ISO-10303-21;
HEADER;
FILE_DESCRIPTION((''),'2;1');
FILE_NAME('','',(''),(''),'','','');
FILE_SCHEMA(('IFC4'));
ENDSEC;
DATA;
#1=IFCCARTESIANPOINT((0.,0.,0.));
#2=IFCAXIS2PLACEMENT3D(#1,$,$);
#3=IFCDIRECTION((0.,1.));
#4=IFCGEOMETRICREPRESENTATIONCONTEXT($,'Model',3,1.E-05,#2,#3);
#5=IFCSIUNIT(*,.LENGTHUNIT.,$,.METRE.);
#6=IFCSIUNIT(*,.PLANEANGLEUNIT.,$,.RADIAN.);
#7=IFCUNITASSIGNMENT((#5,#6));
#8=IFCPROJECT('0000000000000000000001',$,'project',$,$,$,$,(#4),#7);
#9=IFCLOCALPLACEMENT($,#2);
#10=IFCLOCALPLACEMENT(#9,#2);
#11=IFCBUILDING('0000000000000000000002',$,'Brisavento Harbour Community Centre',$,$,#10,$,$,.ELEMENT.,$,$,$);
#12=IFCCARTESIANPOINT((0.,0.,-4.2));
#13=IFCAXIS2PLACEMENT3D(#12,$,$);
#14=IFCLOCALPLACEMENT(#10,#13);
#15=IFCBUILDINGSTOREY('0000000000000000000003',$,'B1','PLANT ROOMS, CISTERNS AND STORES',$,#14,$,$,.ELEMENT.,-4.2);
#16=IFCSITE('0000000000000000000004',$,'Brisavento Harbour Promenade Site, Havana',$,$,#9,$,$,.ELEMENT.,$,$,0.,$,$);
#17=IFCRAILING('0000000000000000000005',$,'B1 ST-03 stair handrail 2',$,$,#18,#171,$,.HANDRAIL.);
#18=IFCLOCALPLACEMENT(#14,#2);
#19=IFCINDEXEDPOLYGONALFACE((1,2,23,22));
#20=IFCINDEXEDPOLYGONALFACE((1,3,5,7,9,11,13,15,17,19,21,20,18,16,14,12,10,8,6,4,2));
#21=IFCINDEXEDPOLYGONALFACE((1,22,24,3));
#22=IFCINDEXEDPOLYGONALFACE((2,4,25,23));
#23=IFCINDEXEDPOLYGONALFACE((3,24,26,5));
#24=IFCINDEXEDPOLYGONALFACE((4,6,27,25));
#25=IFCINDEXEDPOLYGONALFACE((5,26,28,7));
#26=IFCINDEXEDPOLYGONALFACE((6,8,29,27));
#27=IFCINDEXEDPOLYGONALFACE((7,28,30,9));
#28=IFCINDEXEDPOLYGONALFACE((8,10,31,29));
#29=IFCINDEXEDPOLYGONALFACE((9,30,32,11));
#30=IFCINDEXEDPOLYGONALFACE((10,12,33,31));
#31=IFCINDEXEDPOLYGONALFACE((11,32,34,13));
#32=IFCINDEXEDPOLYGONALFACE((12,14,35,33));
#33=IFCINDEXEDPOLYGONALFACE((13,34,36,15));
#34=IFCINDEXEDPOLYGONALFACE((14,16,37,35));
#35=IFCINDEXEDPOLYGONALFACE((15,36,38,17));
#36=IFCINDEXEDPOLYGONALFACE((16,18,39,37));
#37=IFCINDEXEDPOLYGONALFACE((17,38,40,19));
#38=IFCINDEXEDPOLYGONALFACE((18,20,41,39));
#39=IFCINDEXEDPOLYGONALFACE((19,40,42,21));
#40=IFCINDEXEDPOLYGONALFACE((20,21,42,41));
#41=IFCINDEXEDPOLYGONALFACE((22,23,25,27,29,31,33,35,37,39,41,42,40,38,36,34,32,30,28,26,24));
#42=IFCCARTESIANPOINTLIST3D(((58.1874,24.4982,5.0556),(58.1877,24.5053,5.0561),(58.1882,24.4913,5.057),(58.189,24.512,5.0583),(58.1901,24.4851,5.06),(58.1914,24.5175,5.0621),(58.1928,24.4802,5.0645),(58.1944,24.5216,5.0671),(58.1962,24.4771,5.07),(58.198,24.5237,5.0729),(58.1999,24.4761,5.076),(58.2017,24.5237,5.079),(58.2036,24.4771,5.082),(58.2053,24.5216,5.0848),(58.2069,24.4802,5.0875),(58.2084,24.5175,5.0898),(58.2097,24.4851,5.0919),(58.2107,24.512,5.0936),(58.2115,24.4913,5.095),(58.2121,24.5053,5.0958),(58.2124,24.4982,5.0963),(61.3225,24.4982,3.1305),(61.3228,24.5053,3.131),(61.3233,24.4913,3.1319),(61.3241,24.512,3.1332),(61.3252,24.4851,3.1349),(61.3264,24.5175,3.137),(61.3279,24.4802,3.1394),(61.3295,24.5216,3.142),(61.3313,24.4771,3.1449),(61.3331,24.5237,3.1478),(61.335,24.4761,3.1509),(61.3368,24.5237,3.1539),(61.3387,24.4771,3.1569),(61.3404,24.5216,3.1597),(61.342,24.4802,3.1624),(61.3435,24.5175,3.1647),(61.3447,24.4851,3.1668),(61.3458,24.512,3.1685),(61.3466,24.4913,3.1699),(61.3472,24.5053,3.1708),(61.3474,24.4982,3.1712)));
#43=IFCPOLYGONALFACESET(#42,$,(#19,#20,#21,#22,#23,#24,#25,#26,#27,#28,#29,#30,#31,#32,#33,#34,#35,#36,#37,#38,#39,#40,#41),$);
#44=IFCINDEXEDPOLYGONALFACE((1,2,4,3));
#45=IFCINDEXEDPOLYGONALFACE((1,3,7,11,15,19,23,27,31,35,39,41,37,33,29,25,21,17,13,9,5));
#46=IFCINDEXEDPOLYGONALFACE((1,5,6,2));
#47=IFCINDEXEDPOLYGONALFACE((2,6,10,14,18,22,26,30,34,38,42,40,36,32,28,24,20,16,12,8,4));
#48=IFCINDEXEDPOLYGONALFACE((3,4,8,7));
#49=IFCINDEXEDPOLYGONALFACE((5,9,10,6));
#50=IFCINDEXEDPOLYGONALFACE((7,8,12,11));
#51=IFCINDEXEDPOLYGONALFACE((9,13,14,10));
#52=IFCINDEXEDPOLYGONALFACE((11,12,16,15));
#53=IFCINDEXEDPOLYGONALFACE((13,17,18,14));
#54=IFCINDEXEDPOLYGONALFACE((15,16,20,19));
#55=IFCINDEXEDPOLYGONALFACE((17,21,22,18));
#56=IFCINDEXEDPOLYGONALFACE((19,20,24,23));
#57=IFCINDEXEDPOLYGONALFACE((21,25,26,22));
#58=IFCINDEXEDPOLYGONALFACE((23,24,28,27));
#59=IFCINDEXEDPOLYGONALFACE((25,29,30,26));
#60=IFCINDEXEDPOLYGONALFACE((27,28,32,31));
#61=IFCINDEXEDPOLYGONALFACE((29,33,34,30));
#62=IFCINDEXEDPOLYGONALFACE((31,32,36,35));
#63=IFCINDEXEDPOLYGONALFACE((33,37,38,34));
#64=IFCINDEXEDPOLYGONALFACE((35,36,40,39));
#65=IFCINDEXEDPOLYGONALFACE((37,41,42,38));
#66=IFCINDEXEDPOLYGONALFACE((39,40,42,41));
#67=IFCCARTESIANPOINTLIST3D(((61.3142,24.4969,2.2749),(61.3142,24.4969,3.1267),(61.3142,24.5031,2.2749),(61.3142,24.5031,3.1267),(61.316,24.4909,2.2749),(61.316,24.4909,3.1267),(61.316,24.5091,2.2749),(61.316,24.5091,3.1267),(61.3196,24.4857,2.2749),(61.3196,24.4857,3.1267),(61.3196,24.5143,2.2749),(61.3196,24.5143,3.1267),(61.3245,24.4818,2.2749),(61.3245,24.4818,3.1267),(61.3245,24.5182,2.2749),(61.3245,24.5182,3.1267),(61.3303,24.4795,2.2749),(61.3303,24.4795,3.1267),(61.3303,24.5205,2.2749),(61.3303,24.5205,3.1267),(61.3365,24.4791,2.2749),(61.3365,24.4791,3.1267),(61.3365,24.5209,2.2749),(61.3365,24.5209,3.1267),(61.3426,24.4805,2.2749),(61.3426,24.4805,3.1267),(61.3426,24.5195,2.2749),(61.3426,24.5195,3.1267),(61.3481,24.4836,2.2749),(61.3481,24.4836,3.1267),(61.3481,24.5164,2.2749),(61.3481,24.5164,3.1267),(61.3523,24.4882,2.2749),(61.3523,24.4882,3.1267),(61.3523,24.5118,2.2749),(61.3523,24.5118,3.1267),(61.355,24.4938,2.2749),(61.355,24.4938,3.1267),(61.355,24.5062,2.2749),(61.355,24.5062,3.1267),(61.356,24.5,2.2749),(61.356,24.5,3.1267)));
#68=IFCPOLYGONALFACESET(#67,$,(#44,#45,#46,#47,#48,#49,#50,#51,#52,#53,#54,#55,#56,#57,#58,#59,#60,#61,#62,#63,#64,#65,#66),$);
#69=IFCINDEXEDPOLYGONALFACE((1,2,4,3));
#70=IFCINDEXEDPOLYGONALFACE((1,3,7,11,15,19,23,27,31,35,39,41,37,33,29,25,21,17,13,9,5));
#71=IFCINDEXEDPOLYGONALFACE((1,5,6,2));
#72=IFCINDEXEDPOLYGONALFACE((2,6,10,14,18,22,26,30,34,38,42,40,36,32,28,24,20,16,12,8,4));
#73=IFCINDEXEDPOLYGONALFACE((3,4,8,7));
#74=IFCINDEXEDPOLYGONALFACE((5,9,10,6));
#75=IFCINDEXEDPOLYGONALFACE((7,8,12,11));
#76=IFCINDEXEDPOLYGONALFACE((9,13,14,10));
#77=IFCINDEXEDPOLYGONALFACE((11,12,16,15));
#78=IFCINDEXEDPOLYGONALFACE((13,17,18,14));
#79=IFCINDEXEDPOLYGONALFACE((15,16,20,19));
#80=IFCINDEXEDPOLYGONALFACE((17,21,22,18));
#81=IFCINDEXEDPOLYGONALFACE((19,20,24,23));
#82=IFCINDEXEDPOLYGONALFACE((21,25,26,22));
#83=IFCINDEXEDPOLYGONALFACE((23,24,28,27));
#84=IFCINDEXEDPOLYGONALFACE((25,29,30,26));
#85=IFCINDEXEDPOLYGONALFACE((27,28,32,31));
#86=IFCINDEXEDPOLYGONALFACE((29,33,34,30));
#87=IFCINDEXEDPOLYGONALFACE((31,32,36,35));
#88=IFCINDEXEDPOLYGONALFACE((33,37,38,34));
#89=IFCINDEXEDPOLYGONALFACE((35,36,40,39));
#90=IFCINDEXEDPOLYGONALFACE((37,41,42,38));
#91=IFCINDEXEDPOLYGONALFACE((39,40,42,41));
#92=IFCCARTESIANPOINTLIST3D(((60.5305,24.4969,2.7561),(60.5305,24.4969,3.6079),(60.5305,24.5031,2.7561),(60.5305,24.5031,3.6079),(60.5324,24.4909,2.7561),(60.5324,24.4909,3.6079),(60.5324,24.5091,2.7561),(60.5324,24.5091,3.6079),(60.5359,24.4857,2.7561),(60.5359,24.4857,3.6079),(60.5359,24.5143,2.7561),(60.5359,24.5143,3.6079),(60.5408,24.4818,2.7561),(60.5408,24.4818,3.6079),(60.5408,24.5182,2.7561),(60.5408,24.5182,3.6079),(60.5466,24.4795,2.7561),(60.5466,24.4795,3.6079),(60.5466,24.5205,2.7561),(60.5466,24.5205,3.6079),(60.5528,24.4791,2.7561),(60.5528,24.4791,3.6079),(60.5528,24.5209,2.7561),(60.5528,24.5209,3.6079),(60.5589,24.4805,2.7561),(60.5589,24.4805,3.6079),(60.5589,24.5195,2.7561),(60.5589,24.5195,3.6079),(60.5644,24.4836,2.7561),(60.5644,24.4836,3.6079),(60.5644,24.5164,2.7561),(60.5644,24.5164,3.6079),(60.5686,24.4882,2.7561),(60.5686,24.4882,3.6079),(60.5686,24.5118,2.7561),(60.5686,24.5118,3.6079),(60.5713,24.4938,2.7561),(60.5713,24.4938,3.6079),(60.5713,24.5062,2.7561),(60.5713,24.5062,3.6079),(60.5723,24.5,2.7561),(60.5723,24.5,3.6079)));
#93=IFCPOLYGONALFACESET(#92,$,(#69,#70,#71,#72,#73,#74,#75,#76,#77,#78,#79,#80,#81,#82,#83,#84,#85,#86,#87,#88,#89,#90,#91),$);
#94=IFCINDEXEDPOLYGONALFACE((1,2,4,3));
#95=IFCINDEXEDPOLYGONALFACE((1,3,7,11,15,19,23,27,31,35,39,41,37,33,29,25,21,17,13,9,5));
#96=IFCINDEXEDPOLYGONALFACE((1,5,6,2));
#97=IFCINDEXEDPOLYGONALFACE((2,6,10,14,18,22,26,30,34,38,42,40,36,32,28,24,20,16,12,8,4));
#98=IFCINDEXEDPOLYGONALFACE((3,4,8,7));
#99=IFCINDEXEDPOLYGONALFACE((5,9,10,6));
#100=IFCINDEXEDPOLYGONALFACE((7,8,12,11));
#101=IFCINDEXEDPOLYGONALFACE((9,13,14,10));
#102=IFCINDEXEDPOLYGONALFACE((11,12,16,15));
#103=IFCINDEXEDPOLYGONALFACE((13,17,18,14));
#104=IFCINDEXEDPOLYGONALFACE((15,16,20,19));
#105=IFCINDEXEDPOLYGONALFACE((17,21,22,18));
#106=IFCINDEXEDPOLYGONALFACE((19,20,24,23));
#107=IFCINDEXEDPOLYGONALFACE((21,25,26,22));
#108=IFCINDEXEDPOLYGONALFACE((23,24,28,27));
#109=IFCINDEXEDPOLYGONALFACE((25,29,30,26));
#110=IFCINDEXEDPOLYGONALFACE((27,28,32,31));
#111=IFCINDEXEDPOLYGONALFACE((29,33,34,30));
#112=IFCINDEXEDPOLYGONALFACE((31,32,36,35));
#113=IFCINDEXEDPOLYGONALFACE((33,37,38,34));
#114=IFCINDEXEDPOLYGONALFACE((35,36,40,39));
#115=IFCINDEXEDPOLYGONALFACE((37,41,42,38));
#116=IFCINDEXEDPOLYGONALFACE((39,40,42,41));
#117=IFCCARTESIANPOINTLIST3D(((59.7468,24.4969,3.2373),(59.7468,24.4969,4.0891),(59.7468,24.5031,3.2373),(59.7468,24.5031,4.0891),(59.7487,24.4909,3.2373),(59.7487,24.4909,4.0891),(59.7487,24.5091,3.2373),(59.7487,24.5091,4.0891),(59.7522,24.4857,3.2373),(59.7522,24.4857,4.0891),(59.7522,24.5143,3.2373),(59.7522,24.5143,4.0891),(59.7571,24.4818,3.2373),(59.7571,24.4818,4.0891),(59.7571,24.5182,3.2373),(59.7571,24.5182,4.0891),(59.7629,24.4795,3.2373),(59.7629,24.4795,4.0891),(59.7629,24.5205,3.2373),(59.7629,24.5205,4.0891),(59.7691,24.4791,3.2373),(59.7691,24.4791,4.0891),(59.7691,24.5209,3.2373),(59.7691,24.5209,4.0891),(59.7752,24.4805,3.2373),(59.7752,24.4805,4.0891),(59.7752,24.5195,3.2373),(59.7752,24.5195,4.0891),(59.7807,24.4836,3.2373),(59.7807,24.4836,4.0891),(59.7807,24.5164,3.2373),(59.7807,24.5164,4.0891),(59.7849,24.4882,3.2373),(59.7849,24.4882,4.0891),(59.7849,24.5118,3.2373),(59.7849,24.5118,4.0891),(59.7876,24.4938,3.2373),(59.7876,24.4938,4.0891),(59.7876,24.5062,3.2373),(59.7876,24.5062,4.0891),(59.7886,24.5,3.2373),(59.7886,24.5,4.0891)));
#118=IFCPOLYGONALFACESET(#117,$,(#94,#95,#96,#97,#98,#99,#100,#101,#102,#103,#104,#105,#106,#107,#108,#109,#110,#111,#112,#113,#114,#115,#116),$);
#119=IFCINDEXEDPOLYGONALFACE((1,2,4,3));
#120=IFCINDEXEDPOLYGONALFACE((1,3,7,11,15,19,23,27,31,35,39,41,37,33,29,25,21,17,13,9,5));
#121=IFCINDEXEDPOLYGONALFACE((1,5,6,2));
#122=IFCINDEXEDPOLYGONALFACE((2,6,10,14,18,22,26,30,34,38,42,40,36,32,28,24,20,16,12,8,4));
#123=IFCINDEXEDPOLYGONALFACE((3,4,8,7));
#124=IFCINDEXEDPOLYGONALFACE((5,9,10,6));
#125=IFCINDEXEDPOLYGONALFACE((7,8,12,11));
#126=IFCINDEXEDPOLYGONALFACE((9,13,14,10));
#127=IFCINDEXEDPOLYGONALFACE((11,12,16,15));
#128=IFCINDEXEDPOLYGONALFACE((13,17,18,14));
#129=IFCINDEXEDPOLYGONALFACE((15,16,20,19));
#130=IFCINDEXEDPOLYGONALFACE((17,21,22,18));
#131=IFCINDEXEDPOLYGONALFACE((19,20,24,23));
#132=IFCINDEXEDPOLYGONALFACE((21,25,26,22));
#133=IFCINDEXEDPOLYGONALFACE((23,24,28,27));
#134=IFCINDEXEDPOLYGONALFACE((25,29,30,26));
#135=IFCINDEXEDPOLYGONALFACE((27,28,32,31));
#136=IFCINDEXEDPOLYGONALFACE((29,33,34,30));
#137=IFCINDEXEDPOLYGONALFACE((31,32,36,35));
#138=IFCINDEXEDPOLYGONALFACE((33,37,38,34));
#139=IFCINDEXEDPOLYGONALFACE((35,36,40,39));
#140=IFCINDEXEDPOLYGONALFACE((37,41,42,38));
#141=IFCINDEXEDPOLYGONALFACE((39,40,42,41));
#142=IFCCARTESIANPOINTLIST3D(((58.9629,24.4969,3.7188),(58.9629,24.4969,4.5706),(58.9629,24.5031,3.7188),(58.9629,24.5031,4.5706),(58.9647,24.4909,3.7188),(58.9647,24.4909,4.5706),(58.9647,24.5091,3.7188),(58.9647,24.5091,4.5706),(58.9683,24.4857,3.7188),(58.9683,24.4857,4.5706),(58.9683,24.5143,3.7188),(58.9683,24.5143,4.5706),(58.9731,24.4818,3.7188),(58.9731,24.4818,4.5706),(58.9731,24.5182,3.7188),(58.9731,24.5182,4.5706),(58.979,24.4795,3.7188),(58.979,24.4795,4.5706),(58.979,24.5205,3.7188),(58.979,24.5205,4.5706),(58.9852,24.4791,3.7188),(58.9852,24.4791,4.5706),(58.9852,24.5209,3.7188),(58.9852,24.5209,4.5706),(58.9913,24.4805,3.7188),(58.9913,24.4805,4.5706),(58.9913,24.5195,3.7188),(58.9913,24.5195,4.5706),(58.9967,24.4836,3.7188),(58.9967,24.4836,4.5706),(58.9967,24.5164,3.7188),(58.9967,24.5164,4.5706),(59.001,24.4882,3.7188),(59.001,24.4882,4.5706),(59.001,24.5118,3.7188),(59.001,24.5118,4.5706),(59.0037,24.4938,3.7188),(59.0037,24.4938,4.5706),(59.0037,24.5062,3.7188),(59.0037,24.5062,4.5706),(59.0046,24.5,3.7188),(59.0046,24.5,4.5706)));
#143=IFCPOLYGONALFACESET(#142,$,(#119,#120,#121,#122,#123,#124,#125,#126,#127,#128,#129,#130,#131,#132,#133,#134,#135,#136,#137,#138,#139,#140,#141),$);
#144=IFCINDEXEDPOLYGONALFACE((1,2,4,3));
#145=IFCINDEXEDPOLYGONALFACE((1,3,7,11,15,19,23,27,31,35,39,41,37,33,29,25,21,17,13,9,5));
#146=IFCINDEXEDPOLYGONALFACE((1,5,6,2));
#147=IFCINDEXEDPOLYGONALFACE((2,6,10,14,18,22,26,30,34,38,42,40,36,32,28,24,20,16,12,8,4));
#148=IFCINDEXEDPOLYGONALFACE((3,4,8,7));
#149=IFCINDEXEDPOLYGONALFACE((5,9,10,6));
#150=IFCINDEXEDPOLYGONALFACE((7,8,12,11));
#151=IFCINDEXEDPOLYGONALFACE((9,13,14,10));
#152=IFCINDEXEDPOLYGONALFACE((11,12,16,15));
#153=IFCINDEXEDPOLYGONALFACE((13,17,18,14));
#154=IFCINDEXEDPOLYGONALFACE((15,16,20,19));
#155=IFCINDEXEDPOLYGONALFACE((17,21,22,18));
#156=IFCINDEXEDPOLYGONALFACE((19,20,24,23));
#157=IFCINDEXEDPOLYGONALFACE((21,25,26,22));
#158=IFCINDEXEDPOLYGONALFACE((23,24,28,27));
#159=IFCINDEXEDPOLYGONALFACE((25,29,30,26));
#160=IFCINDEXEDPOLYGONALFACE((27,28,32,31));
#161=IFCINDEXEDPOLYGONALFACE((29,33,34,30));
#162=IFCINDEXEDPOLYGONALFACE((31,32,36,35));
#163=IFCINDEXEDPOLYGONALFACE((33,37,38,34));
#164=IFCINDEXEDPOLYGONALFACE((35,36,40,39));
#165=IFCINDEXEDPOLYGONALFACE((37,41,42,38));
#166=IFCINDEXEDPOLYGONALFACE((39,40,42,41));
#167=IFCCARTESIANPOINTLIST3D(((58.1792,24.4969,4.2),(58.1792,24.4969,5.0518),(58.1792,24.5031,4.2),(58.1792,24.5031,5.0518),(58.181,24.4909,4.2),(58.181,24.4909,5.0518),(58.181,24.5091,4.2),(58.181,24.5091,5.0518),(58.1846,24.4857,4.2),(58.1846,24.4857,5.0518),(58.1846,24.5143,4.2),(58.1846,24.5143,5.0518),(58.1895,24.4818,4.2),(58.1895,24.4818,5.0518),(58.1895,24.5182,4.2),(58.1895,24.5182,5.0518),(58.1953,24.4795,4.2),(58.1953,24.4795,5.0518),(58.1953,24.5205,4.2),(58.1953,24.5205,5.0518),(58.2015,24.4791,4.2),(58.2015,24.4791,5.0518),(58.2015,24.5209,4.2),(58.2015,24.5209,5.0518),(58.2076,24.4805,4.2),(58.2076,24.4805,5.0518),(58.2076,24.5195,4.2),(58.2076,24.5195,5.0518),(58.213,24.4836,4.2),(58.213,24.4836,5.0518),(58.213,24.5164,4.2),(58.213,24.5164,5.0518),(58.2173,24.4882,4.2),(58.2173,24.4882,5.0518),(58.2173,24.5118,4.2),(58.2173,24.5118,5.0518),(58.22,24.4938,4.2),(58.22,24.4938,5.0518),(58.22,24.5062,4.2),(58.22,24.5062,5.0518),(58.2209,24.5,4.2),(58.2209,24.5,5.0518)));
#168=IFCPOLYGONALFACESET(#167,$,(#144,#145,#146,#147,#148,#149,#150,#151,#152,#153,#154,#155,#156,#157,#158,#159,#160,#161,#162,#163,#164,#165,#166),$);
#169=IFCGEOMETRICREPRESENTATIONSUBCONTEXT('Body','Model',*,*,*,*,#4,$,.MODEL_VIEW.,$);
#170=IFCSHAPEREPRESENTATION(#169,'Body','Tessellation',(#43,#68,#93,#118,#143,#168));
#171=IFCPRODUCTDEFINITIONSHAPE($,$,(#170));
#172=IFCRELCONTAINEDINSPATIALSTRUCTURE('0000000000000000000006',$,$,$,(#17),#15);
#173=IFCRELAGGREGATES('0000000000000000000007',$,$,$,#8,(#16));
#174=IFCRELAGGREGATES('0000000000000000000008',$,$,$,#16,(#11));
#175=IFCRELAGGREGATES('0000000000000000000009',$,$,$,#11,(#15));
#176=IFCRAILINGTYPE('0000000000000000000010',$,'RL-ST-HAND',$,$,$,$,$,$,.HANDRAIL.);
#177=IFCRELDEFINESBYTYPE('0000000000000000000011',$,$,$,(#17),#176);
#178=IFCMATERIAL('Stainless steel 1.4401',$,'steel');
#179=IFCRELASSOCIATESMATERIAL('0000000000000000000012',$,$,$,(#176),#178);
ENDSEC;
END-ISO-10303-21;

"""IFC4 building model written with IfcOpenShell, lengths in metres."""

from ifc_helpers import new_model, si_unit, direction, frame, origin, origin_2d, place, context, subcontext, project, spatial, circle, extrude, material, type_object, element, save


model = new_model("IFC4")

# Units and contexts
model_context = context("Model", 3, precision=1e-05, world=origin(), true_north=direction((0.0, 1.0)))
body_context = subcontext(model_context, "Body", "Model", "MODEL_VIEW")
ifc_project = project(units=[si_unit("LENGTHUNIT", "METRE"), si_unit("PLANEANGLEUNIT", "RADIAN")], contexts=[model_context])

# Site, building, storey
site_placement = place(None, origin())
site = spatial("IfcSite", under=ifc_project, at=site_placement, Name="Brisavento Harbour Promenade Site, Havana", CompositionType="ELEMENT", RefElevation=0.0)
building_placement = place(site_placement, origin())
building = spatial("IfcBuilding", under=site, at=building_placement, Name="Brisavento Harbour Community Centre", CompositionType="ELEMENT")
storey_placement = place(building_placement, frame((0.0, 0.0, -4.2)))
storey = spatial("IfcBuildingStorey", under=building, at=storey_placement, Name="B1", Description="PLANT ROOMS, CISTERNS AND STORES", CompositionType="ELEMENT", Elevation=-4.2)

# Railing
ifc_material_1 = material(Name="Stainless steel 1.4401", Category="steel")
railing_type_1 = type_object("IfcRailingType", Name="RL-ST-HAND", PredefinedType="HANDRAIL", material=ifc_material_1)
railing_1_placement = place(storey_placement, frame((61.335, 24.5, 2.2749)))
element("IfcRailing", 1, at=railing_1_placement, inside=storey, type_object=railing_type_1, Name="B1 ST-03 stair handrail 2", PredefinedType="HANDRAIL", context=body_context, shape_type="SweptSolid", body=[
    extrude(circle(Radius=0.0239, at=origin_2d()), frame((0.0, 0.0, 0.876), z_axis=(-0.852166, 0.0, 0.523271), x_axis=(0.0, -1.0, 0.0)), (0.0, 0.0, 1.0), 3.679),
    extrude(circle(Radius=0.021, at=origin_2d()), origin(), (0.0, 0.0, 1.0), 0.8518),
    extrude(circle(Radius=0.021, at=origin_2d()), frame((-0.7837, 0.0, 0.4812)), (0.0, 0.0, 1.0), 0.8518),
    extrude(circle(Radius=0.021, at=origin_2d()), frame((-1.5674, 0.0, 0.9624)), (0.0, 0.0, 1.0), 0.8518),
    extrude(circle(Radius=0.021, at=origin_2d()), frame((-2.3513, 0.0, 1.4438)), (0.0, 0.0, 1.0), 0.8518),
    extrude(circle(Radius=0.021, at=origin_2d()), frame((-3.135, 0.0, 1.925)), (0.0, 0.0, 1.0), 0.8518),
])

save(model, "model.ifc")
